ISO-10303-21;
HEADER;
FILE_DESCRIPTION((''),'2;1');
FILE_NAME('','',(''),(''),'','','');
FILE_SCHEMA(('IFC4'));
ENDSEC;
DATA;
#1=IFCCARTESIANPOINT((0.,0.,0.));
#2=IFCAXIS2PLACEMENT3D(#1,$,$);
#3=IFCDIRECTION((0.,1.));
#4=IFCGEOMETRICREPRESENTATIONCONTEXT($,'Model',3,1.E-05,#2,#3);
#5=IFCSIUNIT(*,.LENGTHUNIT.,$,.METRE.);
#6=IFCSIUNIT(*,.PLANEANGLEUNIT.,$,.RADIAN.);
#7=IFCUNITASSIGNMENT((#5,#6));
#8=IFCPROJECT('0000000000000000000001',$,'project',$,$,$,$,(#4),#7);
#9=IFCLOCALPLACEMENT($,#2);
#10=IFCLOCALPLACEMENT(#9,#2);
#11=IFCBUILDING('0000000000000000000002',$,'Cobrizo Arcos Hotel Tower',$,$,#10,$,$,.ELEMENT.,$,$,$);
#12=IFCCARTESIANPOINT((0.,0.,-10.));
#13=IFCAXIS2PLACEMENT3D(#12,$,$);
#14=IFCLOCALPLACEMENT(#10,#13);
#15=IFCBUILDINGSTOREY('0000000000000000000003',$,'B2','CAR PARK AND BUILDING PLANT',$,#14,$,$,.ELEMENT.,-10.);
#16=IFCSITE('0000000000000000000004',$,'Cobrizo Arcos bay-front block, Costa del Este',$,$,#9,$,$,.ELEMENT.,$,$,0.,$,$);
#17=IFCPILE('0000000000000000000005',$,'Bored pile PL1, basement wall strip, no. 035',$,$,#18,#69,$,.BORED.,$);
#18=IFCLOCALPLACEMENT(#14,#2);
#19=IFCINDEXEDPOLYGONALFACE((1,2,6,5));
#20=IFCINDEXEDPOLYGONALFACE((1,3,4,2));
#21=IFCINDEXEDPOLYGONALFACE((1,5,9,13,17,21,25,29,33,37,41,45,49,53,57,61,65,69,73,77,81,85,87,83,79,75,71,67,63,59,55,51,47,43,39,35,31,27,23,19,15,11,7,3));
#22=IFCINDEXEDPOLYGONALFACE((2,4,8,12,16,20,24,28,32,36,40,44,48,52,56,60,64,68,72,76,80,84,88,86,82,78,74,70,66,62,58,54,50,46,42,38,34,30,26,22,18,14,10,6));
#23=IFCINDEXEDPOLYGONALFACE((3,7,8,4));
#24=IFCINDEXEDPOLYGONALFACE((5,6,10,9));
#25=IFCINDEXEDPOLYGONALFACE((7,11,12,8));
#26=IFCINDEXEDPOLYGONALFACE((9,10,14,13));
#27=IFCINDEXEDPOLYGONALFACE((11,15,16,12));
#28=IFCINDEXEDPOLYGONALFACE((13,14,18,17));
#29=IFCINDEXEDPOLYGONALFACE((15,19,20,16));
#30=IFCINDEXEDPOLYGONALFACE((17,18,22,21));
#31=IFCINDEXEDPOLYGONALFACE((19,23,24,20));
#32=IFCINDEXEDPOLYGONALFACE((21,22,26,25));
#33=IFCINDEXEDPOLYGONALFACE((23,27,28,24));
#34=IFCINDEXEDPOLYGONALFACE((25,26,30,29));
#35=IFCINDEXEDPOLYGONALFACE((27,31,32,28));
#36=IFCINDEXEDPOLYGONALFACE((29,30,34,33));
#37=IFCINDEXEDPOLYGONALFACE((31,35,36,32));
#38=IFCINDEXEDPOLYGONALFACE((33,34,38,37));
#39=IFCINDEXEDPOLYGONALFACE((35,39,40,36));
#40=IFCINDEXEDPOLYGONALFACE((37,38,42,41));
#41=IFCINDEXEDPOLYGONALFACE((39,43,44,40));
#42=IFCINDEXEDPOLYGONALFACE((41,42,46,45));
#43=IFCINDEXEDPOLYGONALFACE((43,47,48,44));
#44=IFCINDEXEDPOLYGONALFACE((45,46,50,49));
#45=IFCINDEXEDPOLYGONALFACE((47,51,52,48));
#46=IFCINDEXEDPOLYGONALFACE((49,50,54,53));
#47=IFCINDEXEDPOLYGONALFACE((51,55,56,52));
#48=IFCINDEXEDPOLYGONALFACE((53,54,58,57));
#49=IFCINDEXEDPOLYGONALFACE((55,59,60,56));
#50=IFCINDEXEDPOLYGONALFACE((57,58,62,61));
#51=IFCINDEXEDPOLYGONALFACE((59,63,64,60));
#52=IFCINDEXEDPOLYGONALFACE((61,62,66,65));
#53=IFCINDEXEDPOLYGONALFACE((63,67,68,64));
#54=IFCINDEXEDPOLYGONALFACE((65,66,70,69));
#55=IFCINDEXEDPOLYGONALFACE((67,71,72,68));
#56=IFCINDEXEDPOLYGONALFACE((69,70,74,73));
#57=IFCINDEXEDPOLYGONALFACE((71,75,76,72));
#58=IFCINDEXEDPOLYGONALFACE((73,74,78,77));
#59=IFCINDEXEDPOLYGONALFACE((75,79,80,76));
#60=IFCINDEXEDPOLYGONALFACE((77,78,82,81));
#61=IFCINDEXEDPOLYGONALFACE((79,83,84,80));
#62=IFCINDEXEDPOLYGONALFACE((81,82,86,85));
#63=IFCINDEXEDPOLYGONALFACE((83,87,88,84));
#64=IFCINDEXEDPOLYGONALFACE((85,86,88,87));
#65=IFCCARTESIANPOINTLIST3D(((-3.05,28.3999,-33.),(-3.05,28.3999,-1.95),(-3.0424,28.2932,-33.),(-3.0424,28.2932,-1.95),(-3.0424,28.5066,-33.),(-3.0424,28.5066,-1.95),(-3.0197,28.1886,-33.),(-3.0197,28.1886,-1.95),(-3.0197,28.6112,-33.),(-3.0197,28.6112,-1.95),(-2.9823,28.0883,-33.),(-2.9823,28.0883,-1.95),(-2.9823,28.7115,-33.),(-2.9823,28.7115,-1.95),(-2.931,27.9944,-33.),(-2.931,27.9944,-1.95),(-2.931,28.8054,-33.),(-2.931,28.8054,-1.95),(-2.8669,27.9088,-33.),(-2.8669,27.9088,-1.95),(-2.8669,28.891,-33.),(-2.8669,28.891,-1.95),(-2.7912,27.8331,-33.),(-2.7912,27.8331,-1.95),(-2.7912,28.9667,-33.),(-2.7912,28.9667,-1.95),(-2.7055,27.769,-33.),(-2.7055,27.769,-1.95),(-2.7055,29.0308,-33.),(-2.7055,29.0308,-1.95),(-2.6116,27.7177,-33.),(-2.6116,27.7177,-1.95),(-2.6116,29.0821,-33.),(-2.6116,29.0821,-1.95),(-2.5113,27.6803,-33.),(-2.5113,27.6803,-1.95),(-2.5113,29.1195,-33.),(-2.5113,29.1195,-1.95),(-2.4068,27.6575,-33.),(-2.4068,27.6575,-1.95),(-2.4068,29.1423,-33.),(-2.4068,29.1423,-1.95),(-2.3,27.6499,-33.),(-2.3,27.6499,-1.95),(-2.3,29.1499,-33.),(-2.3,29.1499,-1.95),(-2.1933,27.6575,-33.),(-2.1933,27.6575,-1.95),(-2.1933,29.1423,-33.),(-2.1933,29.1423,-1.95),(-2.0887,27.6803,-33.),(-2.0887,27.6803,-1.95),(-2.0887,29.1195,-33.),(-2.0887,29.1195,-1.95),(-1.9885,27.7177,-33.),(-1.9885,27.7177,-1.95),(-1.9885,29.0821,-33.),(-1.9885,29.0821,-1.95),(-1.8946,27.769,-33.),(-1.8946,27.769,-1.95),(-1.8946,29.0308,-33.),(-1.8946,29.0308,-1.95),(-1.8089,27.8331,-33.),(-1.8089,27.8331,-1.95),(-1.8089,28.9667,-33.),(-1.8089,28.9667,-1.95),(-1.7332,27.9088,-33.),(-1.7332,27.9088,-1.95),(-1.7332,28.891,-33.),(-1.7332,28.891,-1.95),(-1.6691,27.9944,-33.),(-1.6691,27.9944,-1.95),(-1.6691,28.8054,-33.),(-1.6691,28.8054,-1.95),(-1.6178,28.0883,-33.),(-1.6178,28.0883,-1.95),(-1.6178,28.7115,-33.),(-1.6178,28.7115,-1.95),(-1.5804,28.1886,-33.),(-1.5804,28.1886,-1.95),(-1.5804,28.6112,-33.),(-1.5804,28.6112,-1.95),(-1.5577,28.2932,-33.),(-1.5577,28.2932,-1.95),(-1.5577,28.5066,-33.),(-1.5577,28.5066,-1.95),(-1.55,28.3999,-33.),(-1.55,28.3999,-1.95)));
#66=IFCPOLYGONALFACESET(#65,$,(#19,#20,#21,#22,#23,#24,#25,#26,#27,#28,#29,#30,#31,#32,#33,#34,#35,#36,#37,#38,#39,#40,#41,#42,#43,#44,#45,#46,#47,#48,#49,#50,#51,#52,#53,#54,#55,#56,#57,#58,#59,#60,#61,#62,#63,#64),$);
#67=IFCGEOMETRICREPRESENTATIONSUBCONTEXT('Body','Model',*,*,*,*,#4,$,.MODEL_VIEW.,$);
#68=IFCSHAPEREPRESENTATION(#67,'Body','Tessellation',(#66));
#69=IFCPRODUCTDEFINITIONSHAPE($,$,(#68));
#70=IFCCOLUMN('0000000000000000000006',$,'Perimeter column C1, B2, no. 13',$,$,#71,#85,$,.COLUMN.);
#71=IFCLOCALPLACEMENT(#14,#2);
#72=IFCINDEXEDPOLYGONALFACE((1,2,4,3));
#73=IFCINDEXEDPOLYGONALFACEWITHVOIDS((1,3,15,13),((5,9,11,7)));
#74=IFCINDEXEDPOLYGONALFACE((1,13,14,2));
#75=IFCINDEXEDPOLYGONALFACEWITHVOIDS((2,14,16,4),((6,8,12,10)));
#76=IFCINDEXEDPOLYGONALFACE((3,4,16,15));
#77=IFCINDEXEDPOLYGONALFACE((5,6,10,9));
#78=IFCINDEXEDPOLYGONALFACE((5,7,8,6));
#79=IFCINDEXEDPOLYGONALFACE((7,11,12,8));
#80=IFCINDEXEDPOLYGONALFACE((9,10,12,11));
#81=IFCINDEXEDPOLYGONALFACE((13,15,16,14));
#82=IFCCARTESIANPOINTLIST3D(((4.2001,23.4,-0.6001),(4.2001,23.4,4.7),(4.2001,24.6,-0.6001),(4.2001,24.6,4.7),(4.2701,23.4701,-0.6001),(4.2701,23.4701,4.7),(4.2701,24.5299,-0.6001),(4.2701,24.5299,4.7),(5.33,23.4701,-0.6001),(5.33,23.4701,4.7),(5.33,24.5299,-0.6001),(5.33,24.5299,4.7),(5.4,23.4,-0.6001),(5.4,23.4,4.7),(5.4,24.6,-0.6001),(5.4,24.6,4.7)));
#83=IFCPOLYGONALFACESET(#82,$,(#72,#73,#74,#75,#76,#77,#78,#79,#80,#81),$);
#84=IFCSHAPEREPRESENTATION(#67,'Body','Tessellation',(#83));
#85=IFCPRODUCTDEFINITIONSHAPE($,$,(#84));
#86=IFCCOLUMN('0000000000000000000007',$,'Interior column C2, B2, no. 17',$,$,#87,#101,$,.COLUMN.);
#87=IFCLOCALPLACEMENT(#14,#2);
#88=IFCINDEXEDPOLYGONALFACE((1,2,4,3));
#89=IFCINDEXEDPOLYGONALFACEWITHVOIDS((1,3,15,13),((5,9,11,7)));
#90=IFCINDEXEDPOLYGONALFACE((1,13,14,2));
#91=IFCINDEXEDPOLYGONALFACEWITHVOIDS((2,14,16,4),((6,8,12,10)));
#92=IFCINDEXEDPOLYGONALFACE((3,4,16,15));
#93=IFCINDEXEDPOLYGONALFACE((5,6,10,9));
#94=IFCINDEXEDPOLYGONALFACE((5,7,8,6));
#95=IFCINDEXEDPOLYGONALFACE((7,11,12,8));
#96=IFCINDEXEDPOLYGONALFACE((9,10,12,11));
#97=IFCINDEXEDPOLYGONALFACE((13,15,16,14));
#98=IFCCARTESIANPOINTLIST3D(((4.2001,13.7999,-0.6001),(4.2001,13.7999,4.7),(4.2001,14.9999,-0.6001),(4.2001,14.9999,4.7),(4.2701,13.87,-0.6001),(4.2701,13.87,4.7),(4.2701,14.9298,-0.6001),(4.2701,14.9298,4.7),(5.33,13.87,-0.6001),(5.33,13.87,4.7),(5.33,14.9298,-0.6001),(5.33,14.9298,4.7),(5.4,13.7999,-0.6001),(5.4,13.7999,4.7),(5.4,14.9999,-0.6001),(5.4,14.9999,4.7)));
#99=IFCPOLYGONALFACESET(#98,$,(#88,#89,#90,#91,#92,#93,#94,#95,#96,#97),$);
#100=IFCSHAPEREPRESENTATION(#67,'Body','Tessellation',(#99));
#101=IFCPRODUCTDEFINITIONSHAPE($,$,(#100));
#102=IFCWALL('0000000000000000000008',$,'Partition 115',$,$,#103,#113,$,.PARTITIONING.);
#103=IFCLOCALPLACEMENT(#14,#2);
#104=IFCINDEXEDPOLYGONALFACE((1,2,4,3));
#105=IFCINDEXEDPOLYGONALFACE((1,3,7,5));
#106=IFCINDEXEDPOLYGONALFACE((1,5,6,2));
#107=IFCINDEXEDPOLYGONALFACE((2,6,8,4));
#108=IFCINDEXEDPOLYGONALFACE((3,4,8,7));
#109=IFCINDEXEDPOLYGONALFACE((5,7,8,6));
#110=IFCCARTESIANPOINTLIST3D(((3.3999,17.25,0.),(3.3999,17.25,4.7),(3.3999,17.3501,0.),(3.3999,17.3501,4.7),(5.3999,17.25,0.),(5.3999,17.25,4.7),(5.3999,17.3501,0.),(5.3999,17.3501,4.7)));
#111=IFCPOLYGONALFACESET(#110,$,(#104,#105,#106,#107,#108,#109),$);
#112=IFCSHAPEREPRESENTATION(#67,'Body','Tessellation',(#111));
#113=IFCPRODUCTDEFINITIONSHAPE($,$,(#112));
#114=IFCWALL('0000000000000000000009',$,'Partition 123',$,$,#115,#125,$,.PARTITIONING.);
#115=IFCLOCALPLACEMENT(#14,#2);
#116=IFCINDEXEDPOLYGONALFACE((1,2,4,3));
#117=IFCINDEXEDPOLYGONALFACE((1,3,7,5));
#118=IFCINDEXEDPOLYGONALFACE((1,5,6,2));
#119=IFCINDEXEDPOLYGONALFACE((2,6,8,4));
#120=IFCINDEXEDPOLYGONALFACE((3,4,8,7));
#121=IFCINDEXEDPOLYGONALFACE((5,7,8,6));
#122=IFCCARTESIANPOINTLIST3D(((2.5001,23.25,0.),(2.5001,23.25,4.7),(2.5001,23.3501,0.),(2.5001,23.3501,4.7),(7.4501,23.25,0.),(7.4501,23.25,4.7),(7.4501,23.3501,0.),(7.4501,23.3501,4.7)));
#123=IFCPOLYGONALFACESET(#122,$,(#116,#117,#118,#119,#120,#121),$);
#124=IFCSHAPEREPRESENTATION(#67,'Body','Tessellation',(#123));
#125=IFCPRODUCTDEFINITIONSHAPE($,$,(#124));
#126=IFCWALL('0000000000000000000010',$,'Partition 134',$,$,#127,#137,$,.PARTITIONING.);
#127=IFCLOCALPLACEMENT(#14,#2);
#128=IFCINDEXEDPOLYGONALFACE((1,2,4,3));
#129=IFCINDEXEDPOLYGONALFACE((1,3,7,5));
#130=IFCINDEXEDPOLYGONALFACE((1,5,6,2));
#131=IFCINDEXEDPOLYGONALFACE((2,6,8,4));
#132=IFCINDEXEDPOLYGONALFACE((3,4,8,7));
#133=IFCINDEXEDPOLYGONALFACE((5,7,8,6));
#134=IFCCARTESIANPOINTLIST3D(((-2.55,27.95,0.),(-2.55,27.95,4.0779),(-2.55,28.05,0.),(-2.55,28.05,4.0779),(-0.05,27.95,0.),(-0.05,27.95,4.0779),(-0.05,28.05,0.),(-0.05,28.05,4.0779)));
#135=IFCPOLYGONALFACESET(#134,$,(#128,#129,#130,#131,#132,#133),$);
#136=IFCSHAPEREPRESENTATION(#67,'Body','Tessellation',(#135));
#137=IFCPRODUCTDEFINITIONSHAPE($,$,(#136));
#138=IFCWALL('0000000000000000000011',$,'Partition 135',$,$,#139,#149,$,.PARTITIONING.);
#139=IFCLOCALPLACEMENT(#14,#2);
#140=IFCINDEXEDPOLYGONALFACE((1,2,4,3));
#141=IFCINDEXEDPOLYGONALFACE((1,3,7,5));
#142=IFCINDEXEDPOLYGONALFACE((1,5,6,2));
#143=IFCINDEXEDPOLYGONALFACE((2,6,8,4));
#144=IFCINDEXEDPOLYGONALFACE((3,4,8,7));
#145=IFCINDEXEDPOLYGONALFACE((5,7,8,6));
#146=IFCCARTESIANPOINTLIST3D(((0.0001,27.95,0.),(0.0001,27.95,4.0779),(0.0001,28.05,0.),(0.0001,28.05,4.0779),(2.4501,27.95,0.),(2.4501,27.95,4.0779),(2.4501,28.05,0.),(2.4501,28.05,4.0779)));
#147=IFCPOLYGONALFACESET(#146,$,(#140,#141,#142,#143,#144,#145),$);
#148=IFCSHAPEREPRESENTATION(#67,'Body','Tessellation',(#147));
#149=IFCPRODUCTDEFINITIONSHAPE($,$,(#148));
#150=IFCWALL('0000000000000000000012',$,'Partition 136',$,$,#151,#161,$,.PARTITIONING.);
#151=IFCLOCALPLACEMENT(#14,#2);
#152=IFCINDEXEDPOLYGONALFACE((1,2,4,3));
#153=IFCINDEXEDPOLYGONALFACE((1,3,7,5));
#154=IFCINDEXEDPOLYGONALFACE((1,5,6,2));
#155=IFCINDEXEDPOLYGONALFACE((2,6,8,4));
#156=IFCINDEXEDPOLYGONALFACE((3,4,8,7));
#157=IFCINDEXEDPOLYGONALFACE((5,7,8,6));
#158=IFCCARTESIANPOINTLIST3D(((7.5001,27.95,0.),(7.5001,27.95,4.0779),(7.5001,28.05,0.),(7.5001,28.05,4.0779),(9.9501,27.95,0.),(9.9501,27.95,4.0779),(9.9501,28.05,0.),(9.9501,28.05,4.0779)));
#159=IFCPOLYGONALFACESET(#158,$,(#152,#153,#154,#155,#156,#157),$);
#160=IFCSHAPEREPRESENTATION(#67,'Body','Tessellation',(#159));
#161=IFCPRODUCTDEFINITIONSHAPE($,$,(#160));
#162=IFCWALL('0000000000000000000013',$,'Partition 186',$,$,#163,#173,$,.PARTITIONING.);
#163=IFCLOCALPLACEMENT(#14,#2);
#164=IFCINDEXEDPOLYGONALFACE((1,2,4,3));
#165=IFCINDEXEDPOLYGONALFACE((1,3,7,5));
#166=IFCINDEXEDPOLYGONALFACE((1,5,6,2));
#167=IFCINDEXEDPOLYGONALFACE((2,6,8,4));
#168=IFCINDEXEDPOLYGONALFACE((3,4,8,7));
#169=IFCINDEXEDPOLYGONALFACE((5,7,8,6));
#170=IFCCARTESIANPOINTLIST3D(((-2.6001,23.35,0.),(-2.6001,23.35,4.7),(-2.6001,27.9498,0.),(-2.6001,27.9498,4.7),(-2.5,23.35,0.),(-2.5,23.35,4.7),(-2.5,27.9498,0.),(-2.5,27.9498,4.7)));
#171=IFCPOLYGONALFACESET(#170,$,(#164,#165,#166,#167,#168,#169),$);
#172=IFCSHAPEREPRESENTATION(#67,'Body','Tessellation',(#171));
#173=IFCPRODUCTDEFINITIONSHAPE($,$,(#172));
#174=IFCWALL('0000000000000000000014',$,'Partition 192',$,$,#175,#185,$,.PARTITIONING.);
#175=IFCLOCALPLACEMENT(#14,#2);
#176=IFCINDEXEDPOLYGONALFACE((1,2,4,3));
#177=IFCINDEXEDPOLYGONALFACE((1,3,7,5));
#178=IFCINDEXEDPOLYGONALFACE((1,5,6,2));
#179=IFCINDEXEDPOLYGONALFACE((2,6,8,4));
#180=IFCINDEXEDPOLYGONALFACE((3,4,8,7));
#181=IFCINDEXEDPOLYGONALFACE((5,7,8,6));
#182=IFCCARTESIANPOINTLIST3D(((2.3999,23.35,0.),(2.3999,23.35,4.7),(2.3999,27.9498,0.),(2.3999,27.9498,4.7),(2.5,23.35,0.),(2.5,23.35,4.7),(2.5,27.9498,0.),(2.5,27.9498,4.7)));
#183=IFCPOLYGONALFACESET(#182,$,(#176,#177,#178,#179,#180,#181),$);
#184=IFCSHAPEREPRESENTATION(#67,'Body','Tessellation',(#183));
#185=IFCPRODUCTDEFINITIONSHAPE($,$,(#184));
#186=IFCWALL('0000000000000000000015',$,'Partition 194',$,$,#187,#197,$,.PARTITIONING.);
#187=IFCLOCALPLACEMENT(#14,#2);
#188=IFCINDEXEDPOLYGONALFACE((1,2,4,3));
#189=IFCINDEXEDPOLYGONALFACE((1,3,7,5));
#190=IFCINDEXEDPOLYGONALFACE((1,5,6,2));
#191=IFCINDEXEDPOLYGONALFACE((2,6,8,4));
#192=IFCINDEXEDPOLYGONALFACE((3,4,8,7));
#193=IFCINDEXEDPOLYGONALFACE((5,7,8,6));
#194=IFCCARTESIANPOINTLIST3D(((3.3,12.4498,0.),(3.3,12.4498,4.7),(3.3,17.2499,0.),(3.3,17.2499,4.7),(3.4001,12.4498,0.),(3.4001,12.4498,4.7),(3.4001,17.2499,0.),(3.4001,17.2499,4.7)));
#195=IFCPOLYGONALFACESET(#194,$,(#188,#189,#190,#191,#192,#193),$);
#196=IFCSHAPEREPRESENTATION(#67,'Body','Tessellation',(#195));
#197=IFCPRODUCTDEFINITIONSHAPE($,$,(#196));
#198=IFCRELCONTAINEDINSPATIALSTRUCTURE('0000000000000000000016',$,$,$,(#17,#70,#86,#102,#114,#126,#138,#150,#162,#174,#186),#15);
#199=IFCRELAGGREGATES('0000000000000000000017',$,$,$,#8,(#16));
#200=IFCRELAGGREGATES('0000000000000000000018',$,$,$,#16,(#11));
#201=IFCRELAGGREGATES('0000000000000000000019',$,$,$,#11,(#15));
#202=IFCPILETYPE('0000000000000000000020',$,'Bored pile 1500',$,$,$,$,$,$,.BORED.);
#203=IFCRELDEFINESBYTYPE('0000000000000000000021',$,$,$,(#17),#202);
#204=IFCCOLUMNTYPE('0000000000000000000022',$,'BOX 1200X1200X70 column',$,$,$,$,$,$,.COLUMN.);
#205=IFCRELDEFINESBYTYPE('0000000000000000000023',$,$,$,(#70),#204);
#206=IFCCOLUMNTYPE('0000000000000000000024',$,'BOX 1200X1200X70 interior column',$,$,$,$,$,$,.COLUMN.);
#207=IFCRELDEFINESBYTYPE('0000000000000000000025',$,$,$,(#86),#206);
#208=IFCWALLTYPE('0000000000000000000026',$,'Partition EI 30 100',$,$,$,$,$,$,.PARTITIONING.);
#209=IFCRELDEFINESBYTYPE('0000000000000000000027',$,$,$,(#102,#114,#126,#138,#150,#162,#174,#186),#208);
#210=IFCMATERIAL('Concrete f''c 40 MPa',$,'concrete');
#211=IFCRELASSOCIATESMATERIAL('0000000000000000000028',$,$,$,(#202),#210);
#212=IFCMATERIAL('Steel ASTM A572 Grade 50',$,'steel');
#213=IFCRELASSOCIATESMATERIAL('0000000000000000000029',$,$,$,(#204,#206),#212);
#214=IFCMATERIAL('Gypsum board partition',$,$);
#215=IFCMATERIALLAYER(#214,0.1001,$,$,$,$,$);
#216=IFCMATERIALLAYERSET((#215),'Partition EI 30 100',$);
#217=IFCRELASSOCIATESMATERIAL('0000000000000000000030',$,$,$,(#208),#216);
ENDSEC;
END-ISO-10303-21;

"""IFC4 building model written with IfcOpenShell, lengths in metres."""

from ifc_helpers import new_model, si_unit, direction, frame, frame_2d, origin, origin_2d, place, context, subcontext, project, spatial, rectangle, hollow_rectangle, circle, extrude, material, layer, layer_set, material_profile, profile_set, type_object, element, save


model = new_model("IFC4")

# Units and contexts
model_context = context("Model", 3, precision=1e-05, world=origin(), true_north=direction((0.0, 1.0)))
body_context = subcontext(model_context, "Body", "Model", "MODEL_VIEW")
ifc_project = project(units=[si_unit("LENGTHUNIT", "METRE"), si_unit("PLANEANGLEUNIT", "RADIAN")], contexts=[model_context])

# Site, building, storey
site_placement = place(None, origin())
site = spatial("IfcSite", under=ifc_project, at=site_placement, Name="Cobrizo Arcos bay-front block, Costa del Este", CompositionType="ELEMENT", RefElevation=0.0)
building_placement = place(site_placement, origin())
building = spatial("IfcBuilding", under=site, at=building_placement, Name="Cobrizo Arcos Hotel Tower", CompositionType="ELEMENT")
storey_placement = place(building_placement, frame((0.0, 0.0, -10.0)))
storey = spatial("IfcBuildingStorey", under=building, at=storey_placement, Name="B2", Description="CAR PARK AND BUILDING PLANT", CompositionType="ELEMENT", Elevation=-10.0)

# Pile
ifc_material_1 = material(Name="Concrete f'c 40 MPa", Category="concrete")
ifc_material_profile_1 = material_profile(ifc_material_1, circle(Radius=0.75, at=origin_2d()), Name="BORED PILE 1500")
ifc_profile_set_1 = profile_set([ifc_material_profile_1], Name="Concrete f'c 40 MPa")
pile_type = type_object("IfcPileType", Name="Bored pile 1500", PredefinedType="BORED", material=ifc_profile_set_1)
for number, where, z_axis, x_axis, name in (
    (1, (-2.3, 28.3999, -1.95), (0.0, 0.0, -1.0), (1.0, 0.0, 0.0), "Bored pile PL1, basement wall strip, no. 035"),
):
    element("IfcPile", number, at=place(storey_placement, frame(where, z_axis=z_axis, x_axis=x_axis)), inside=storey, type_object=pile_type, Name=name, PredefinedType="BORED", context=body_context, shape_type="SweptSolid", body=[
        extrude(circle(Radius=0.75, at=origin_2d()), origin(), (0.0, 0.0, 1.0), 31.05),
    ])

# Columns
ifc_material_2 = material(Name="Steel ASTM A572 Grade 50", Category="steel")
ifc_material_profile_2 = material_profile(ifc_material_2, hollow_rectangle(XDim=1.2, YDim=1.2, WallThickness=0.0701, at=origin_2d()), Name="BOX 1200X1200X70")
ifc_profile_set_2 = profile_set([ifc_material_profile_2], Name="Steel ASTM A572 Grade 50")
column_type_1 = type_object("IfcColumnType", Name="BOX 1200X1200X70 column", PredefinedType="COLUMN", material=ifc_profile_set_2)
column_1_placement = place(storey_placement, frame((4.8, 24.0, -0.6001), z_axis=(0.0, 0.0, 1.0), x_axis=(1.0, 0.0, 0.0)))
element("IfcColumn", 2, at=column_1_placement, inside=storey, type_object=column_type_1, Name="Perimeter column C1, B2, no. 13", PredefinedType="COLUMN", context=body_context, shape_type="SweptSolid", body=[
    extrude(hollow_rectangle(XDim=1.2, YDim=1.2, WallThickness=0.0701, at=origin_2d()), origin(), (0.0, 0.0, 1.0), 5.3),
])
ifc_material_profile_3 = material_profile(ifc_material_2, hollow_rectangle(XDim=1.2, YDim=1.2, WallThickness=0.0701, at=origin_2d()), Name="BOX 1200X1200X70")
ifc_profile_set_3 = profile_set([ifc_material_profile_3], Name="Steel ASTM A572 Grade 50")
column_type_2 = type_object("IfcColumnType", Name="BOX 1200X1200X70 interior column", PredefinedType="COLUMN", material=ifc_profile_set_3)
column_2_placement = place(storey_placement, frame((4.8, 14.3999, -0.6001), z_axis=(0.0, 0.0, 1.0), x_axis=(1.0, 0.0, 0.0)))
element("IfcColumn", 3, at=column_2_placement, inside=storey, type_object=column_type_2, Name="Interior column C2, B2, no. 17", PredefinedType="COLUMN", context=body_context, shape_type="SweptSolid", body=[
    extrude(hollow_rectangle(XDim=1.2, YDim=1.2, WallThickness=0.0701, at=origin_2d()), origin(), (0.0, 0.0, 1.0), 5.3),
])

# Walls
ifc_material_3 = material(Name="Gypsum board partition")
ifc_layer = layer(ifc_material_3, 0.1001)
ifc_layer_set = layer_set([ifc_layer], Name="Partition EI 30 100")
wall_type = type_object("IfcWallType", Name="Partition EI 30 100", PredefinedType="PARTITIONING", material=ifc_layer_set)
wall_1_placement = place(storey_placement, frame((3.3999, 17.3, 0.0), z_axis=(0.0, 0.0, 1.0), x_axis=(1.0, 0.0, 0.0)))
element("IfcWall", 4, at=wall_1_placement, inside=storey, type_object=wall_type, Name="Partition 115", PredefinedType="PARTITIONING", context=body_context, shape_type="SweptSolid", body=[
    extrude(rectangle(XDim=2.0, YDim=0.1001, at=frame_2d((1.0, 0.0))), origin(), (0.0, 0.0, 1.0), 4.7),
])
wall_2_placement = place(storey_placement, frame((2.5, 23.3, 0.0), z_axis=(0.0, 0.0, 1.0), x_axis=(1.0, 0.0, 0.0)))
element("IfcWall", 5, at=wall_2_placement, inside=storey, type_object=wall_type, Name="Partition 123", PredefinedType="PARTITIONING", context=body_context, shape_type="SweptSolid", body=[
    extrude(rectangle(XDim=4.95, YDim=0.1001, at=frame_2d((2.4751, 0.0))), origin(), (0.0, 0.0, 1.0), 4.7),
])
wall_3_placement = place(storey_placement, frame((-2.55, 28.0, 0.0), z_axis=(0.0, 0.0, 1.0), x_axis=(1.0, 0.0, 0.0)))
element("IfcWall", 6, at=wall_3_placement, inside=storey, type_object=wall_type, Name="Partition 134", PredefinedType="PARTITIONING", context=body_context, shape_type="SweptSolid", body=[
    extrude(rectangle(XDim=2.5, YDim=0.1001, at=frame_2d((1.25, 0.0))), origin(), (0.0, 0.0, 1.0), 4.0779),
])
for number, where, z_axis, x_axis, name in (
    (7, (0.0, 28.0, 0.0), (0.0, 0.0, 1.0), (1.0, 0.0, 0.0), "Partition 135"),
    (8, (7.5, 28.0, 0.0), (0.0, 0.0, 1.0), (1.0, 0.0, 0.0), "Partition 136"),
):
    element("IfcWall", number, at=place(storey_placement, frame(where, z_axis=z_axis, x_axis=x_axis)), inside=storey, type_object=wall_type, Name=name, PredefinedType="PARTITIONING", context=body_context, shape_type="SweptSolid", body=[
        extrude(rectangle(XDim=2.45, YDim=0.1001, at=frame_2d((1.2251, 0.0))), origin(), (0.0, 0.0, 1.0), 4.0779),
    ])
for number, where, z_axis, x_axis, name in (
    (9, (-2.55, 23.3501, 0.0), (0.0, 0.0, 1.0), (0.0, 1.0, 0.0), "Partition 186"),
    (10, (2.45, 23.3501, 0.0), (0.0, 0.0, 1.0), (0.0, 1.0, 0.0), "Partition 192"),
):
    element("IfcWall", number, at=place(storey_placement, frame(where, z_axis=z_axis, x_axis=x_axis)), inside=storey, type_object=wall_type, Name=name, PredefinedType="PARTITIONING", context=body_context, shape_type="SweptSolid", body=[
        extrude(rectangle(XDim=4.5999, YDim=0.1001, at=frame_2d((2.2998, 0.0))), origin(), (0.0, 0.0, 1.0), 4.7),
    ])
for number, where, z_axis, x_axis, name in (
    (11, (3.3501, 12.45, 0.0), (0.0, 0.0, 1.0), (0.0, 1.0, 0.0), "Partition 194"),
):
    element("IfcWall", number, at=place(storey_placement, frame(where, z_axis=z_axis, x_axis=x_axis)), inside=storey, type_object=wall_type, Name=name, PredefinedType="PARTITIONING", context=body_context, shape_type="SweptSolid", body=[
        extrude(rectangle(XDim=4.8, YDim=0.1001, at=frame_2d((2.3999, 0.0))), origin(), (0.0, 0.0, 1.0), 4.7),
    ])

save(model, "model.ifc")
